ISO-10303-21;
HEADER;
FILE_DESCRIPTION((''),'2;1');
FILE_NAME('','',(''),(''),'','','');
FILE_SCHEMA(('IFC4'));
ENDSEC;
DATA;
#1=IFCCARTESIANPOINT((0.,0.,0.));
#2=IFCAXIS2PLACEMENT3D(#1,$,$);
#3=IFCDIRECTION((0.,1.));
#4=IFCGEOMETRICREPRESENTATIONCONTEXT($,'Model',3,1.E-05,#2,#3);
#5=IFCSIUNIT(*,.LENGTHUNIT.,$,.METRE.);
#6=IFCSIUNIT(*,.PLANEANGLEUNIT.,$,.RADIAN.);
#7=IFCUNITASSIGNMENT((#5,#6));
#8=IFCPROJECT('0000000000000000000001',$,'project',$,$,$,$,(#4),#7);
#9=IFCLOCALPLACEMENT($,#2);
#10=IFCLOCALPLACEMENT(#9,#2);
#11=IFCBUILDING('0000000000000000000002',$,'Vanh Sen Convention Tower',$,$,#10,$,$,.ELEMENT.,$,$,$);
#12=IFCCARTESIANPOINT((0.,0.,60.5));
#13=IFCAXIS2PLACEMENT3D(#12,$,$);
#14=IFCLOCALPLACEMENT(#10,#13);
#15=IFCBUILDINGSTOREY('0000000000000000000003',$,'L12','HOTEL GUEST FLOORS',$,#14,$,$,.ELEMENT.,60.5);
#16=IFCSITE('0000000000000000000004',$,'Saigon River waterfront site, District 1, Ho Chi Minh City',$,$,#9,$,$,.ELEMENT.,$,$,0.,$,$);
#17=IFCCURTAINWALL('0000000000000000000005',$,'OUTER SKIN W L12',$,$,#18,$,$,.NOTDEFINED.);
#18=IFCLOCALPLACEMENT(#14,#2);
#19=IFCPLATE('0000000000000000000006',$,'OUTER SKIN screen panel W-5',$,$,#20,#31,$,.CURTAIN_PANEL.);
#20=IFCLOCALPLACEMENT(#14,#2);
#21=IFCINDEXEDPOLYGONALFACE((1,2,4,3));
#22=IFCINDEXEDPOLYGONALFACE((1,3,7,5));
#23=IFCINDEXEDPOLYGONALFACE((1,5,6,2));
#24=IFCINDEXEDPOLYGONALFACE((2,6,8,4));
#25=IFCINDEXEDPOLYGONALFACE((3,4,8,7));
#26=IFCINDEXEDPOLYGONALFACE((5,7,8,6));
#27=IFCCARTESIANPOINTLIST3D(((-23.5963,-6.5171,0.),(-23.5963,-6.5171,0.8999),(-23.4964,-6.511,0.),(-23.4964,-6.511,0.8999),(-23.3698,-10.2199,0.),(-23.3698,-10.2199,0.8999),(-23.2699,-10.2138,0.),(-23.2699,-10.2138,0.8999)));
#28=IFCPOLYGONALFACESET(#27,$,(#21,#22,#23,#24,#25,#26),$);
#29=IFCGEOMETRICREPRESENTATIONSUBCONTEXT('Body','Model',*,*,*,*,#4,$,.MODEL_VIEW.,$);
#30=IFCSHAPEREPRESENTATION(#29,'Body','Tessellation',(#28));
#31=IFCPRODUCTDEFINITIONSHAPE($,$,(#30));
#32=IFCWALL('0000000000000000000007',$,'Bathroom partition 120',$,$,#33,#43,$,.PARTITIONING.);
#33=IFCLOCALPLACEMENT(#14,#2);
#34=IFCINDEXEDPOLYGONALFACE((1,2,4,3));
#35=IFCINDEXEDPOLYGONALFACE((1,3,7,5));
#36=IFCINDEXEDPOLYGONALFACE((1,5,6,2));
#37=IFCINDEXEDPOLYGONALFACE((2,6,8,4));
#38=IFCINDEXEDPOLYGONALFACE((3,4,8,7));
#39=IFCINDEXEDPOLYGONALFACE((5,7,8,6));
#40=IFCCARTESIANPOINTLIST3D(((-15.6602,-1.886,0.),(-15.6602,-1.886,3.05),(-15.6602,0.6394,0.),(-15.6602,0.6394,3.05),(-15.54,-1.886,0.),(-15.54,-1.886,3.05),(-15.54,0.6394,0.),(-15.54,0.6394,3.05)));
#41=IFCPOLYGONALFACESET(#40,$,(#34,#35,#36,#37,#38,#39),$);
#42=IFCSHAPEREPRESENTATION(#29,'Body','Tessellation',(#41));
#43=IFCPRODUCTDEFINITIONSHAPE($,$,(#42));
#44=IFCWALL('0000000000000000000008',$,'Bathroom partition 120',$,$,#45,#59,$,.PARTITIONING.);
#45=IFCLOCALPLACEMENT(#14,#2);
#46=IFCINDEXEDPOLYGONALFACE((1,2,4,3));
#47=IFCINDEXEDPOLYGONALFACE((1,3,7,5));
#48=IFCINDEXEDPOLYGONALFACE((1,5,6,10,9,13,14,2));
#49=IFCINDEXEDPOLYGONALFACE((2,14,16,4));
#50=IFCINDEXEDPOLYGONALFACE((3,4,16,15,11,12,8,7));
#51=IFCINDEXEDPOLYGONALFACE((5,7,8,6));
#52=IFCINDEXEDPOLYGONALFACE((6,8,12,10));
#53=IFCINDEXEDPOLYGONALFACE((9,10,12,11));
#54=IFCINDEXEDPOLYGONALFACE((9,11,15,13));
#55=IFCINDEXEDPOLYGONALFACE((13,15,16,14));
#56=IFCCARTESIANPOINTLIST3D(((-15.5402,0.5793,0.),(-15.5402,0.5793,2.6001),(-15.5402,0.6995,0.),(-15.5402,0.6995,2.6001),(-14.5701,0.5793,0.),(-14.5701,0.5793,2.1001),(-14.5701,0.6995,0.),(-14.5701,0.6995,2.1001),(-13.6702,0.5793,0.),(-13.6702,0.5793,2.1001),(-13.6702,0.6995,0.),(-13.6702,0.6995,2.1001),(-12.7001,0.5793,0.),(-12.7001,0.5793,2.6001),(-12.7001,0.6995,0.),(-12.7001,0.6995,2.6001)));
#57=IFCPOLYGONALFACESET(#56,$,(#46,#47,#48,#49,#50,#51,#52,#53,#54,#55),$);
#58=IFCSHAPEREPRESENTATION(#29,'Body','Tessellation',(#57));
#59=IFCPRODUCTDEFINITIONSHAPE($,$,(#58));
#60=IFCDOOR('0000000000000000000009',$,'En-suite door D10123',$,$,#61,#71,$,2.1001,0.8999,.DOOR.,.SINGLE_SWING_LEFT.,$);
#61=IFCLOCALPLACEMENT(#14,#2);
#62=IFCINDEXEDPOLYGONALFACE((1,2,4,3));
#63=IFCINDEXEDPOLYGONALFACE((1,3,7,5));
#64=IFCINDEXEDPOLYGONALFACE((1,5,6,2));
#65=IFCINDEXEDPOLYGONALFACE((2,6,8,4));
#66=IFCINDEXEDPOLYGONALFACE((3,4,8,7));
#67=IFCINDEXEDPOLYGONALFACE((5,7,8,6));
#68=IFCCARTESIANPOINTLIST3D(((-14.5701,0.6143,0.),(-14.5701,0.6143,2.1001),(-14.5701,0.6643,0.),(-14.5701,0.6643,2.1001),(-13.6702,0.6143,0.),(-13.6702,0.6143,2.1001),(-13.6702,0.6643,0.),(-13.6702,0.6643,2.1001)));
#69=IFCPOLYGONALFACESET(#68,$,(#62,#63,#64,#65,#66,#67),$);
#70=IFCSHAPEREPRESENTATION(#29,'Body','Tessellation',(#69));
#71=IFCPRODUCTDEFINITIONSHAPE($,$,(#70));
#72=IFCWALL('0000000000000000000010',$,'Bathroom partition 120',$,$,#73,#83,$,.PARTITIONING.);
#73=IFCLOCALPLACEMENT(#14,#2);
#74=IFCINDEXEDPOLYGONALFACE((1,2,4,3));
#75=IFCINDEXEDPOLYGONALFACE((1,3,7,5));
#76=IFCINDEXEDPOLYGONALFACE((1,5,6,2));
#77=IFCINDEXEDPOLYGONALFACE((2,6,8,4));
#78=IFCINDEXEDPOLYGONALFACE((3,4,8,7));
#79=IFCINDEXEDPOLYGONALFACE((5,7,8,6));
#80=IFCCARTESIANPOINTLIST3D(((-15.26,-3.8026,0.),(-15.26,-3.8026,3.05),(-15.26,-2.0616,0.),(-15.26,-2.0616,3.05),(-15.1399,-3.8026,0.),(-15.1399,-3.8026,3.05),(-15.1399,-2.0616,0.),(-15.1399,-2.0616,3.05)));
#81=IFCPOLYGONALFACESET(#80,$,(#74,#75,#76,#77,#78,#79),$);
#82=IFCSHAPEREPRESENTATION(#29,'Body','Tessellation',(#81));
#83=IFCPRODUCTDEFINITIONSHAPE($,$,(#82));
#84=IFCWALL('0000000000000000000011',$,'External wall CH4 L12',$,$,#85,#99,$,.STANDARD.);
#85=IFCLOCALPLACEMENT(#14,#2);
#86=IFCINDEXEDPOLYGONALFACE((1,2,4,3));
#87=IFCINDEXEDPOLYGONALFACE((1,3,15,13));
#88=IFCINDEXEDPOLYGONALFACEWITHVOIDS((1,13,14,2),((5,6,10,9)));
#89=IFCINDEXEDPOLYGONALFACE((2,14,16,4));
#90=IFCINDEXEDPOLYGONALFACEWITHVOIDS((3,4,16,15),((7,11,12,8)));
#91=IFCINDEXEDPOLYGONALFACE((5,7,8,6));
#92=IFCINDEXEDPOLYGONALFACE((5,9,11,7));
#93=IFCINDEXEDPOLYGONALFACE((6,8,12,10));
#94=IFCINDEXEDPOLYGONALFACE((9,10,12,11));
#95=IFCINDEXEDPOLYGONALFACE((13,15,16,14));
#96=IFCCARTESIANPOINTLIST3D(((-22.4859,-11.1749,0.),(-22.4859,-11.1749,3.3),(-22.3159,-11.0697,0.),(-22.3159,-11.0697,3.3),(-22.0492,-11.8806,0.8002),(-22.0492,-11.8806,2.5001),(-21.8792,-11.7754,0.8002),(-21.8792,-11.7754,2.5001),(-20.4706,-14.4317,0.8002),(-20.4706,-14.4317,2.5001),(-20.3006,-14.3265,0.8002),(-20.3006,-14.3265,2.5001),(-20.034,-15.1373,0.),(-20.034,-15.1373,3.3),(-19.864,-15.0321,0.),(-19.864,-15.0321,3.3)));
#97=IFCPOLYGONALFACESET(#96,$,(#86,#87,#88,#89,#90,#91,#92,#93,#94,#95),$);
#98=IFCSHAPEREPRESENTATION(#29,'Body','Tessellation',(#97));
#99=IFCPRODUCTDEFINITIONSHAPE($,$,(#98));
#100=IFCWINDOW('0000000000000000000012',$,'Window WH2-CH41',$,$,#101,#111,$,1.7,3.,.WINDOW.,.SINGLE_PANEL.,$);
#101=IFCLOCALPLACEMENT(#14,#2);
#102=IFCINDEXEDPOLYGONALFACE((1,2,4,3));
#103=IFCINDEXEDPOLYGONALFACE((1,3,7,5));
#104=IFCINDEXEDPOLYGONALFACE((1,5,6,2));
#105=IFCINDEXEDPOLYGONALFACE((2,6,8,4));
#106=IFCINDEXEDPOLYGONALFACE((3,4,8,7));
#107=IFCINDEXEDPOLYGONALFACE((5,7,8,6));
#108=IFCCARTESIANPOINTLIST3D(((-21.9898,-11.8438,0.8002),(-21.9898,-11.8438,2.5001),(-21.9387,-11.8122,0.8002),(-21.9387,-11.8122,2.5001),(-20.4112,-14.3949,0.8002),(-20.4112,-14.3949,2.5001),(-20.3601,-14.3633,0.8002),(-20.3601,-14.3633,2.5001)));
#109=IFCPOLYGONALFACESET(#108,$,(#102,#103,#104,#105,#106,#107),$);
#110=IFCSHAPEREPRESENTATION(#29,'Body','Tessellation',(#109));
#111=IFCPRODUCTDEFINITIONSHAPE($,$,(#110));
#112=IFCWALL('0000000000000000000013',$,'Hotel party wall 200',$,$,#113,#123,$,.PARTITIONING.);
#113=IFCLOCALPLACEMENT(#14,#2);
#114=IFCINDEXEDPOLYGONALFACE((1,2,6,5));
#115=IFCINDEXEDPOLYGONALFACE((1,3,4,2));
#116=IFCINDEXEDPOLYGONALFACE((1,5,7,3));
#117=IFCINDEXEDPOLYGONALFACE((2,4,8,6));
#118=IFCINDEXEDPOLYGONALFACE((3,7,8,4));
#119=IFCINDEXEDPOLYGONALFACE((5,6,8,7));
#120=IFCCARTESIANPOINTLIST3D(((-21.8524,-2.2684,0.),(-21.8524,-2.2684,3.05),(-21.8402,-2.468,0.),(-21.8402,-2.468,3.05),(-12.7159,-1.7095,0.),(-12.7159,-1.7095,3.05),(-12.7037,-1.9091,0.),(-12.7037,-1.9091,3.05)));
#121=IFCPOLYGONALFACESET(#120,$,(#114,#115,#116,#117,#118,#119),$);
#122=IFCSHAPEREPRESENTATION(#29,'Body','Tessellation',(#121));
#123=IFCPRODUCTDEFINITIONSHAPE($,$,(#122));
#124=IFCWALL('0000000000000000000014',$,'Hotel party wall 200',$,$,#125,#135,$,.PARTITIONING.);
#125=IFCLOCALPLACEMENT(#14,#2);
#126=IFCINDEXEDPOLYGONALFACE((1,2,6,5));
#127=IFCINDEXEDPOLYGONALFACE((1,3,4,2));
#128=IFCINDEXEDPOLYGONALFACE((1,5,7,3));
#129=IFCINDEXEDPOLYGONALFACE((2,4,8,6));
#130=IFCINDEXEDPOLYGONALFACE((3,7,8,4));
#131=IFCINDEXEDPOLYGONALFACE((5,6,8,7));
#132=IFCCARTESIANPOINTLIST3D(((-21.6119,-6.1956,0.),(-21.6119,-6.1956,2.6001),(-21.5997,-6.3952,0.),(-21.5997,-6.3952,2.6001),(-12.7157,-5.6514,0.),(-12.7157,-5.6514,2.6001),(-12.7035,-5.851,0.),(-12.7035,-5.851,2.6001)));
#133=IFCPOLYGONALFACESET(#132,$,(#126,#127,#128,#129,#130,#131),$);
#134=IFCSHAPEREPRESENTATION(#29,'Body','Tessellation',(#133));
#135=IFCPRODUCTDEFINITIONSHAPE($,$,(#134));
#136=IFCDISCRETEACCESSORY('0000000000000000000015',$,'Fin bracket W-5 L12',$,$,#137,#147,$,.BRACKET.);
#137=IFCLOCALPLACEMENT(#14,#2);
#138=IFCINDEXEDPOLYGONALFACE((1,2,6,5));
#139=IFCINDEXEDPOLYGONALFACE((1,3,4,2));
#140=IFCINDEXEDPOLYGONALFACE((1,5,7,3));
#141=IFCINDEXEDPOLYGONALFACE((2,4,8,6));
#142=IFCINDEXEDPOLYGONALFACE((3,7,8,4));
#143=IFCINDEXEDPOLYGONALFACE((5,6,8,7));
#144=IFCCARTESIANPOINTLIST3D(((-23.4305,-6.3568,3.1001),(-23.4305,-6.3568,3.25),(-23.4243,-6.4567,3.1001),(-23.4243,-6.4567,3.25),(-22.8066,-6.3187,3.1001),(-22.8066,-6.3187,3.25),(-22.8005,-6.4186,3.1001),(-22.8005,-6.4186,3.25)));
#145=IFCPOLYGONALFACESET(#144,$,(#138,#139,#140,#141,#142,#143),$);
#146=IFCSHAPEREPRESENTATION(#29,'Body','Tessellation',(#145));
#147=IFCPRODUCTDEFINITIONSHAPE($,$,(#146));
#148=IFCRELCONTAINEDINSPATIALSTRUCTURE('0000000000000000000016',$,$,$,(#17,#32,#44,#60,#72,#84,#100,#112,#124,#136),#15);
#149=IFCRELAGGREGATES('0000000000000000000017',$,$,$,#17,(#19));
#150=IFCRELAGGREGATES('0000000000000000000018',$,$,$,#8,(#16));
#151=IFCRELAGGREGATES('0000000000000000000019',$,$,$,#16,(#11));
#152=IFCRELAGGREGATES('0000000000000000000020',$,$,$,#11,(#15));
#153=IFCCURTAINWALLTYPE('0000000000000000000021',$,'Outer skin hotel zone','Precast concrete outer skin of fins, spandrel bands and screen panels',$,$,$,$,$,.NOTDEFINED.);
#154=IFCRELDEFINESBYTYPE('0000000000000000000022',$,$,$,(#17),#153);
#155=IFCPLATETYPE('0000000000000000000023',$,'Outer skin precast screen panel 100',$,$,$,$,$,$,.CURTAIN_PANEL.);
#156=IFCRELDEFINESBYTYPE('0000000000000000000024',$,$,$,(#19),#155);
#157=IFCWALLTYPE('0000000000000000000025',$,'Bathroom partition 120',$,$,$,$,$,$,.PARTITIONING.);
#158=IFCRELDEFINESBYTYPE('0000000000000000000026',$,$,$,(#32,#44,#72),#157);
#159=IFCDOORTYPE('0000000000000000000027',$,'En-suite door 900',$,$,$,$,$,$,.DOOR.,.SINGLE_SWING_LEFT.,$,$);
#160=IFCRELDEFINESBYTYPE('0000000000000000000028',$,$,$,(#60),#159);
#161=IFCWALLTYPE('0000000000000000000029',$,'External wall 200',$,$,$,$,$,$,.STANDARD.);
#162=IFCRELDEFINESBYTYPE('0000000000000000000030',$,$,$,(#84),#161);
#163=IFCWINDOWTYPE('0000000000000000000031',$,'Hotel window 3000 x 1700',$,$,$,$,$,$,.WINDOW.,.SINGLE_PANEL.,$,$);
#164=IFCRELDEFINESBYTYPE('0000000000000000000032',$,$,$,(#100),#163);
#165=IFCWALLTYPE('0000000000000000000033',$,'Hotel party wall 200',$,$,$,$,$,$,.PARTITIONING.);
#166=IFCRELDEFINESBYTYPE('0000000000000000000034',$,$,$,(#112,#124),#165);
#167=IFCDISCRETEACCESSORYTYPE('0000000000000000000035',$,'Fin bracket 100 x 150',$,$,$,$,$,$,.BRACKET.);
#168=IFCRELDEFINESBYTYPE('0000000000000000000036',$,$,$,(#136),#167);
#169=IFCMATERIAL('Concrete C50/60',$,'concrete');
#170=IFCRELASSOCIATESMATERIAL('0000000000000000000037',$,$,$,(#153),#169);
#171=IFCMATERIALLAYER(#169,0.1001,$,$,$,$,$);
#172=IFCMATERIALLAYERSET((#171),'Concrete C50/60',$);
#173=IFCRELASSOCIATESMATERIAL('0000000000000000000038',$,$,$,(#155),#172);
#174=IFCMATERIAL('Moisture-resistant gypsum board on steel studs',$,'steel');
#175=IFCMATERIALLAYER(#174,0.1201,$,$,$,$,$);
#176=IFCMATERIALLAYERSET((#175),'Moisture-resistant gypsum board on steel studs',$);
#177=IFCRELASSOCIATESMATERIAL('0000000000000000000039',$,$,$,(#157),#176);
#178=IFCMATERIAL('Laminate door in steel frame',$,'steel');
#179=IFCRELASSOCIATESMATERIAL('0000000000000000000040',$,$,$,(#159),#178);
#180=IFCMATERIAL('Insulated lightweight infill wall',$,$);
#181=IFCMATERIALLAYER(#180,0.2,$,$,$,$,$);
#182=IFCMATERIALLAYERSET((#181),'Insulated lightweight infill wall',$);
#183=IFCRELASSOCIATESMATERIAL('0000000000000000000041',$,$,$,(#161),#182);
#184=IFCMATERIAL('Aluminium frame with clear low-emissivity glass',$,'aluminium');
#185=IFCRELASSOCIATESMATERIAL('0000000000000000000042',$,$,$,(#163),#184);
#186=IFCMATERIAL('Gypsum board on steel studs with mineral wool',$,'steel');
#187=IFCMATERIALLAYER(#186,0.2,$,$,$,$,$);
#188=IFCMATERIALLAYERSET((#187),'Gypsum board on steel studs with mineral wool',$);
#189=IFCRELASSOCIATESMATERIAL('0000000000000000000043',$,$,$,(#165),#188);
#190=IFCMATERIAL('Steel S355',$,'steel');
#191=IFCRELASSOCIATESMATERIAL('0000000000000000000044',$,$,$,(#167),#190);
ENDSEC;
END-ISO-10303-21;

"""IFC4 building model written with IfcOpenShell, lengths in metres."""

from ifc_helpers import new_model, si_unit, direction, frame, frame_2d, origin, origin_2d, place, context, subcontext, project, spatial, rectangle, extrude, material, layer, layer_set, type_object, element, fill, aggregate, save


model = new_model("IFC4")

# Units and contexts
model_context = context("Model", 3, precision=1e-05, world=origin(), true_north=direction((0.0, 1.0)))
body_context = subcontext(model_context, "Body", "Model", "MODEL_VIEW")
ifc_project = project(units=[si_unit("LENGTHUNIT", "METRE"), si_unit("PLANEANGLEUNIT", "RADIAN")], contexts=[model_context])

# Site, building, storey
site_placement = place(None, origin())
site = spatial("IfcSite", under=ifc_project, at=site_placement, Name="Saigon River waterfront site, District 1, Ho Chi Minh City", CompositionType="ELEMENT", RefElevation=0.0)
building_placement = place(site_placement, origin())
building = spatial("IfcBuilding", under=site, at=building_placement, Name="Vanh Sen Convention Tower", CompositionType="ELEMENT")
storey_placement = place(building_placement, frame((0.0, 0.0, 60.5)))
storey = spatial("IfcBuildingStorey", under=building, at=storey_placement, Name="L12", Description="HOTEL GUEST FLOORS", CompositionType="ELEMENT", Elevation=60.5)

# Curtain wall
ifc_material_1 = material(Name="Concrete C50/60", Category="concrete")
curtain_wall_type = type_object("IfcCurtainWallType", Name="Outer skin hotel zone", Description="Precast concrete outer skin of fins, spandrel bands and screen panels", PredefinedType="NOTDEFINED", material=ifc_material_1)
curtain_wall_1_placement = place(storey_placement, origin())
curtain_wall_1 = element("IfcCurtainWall", 1, at=curtain_wall_1_placement, inside=storey, type_object=curtain_wall_type, Name="OUTER SKIN W L12", PredefinedType="NOTDEFINED")

# Plate
ifc_layer_1 = layer(ifc_material_1, 0.1001)
ifc_layer_set_1 = layer_set([ifc_layer_1], Name="Concrete C50/60")
plate_type = type_object("IfcPlateType", Name="Outer skin precast screen panel 100", PredefinedType="CURTAIN_PANEL", material=ifc_layer_set_1)
plate_1_placement = place(storey_placement, frame((-23.4331, -8.3655, 0.0), z_axis=(0.0, 0.0, 1.0), x_axis=(0.061047, -0.998135, 0.0)))
plate_1 = element("IfcPlate", 2, at=plate_1_placement, type_object=plate_type, Name="OUTER SKIN screen panel W-5", PredefinedType="CURTAIN_PANEL", context=body_context, shape_type="SweptSolid", body=[
    extrude(rectangle(XDim=3.7097, YDim=0.1001, at=origin_2d()), origin(), (0.0, 0.0, 1.0), 0.8999),
])
aggregate(curtain_wall_1, [plate_1])

# Wall
ifc_material_2 = material(Name="Moisture-resistant gypsum board on steel studs", Category="steel")
ifc_layer_2 = layer(ifc_material_2, 0.1201)
ifc_layer_set_2 = layer_set([ifc_layer_2], Name="Moisture-resistant gypsum board on steel studs")
wall_type_1 = type_object("IfcWallType", Name="Bathroom partition 120", PredefinedType="PARTITIONING", material=ifc_layer_set_2)
wall_1_placement = place(storey_placement, frame((-15.6001, -1.886, 0.0), z_axis=(0.0, 0.0, 1.0), x_axis=(0.0, 1.0, 0.0)))
element("IfcWall", 3, at=wall_1_placement, inside=storey, type_object=wall_type_1, Name="Bathroom partition 120", PredefinedType="PARTITIONING", context=body_context, shape_type="SweptSolid", body=[
    extrude(rectangle(XDim=2.5254, YDim=0.1201, at=frame_2d((1.2627, 0.0))), origin(), (0.0, 0.0, 1.0), 3.05),
])

# Wall, opening, door
wall_2_placement = place(storey_placement, frame((-15.54, 0.6394, 0.0), z_axis=(0.0, 0.0, 1.0), x_axis=(1.0, 0.0, 0.0)))
wall_2 = element("IfcWall", 4, at=wall_2_placement, inside=storey, type_object=wall_type_1, Name="Bathroom partition 120", PredefinedType="PARTITIONING", context=body_context, shape_type="SweptSolid", body=[
    extrude(rectangle(XDim=2.8401, YDim=0.1201, at=frame_2d((1.4199, 0.0))), origin(), (0.0, 0.0, 1.0), 2.6001),
])
opening_1_placement = place(wall_2_placement, frame((0.97, 0.0, 0.0)))
opening_1 = element("IfcOpeningElement", 5, at=opening_1_placement, cuts=wall_2, PredefinedType="OPENING", context=body_context, shape_type="SweptSolid", body=[
    extrude(rectangle(XDim=0.8999, YDim=2.1001, at=frame_2d((0.45, 1.05))), frame((0.0, 0.0701, 0.0), z_axis=(0.0, -1.0, 0.0), x_axis=(1.0, 0.0, 0.0)), (0.0, 0.0, 1.0), 0.1401),
])
ifc_material_3 = material(Name="Laminate door in steel frame", Category="steel")
door_type = type_object("IfcDoorType", Name="En-suite door 900", OperationType="SINGLE_SWING_LEFT", PredefinedType="DOOR", material=ifc_material_3)
door_placement = place(opening_1_placement, origin())
door = element("IfcDoor", 6, at=door_placement, inside=storey, type_object=door_type, Name="En-suite door D10123", OperationType="SINGLE_SWING_LEFT", OverallHeight=2.1001, OverallWidth=0.8999, PredefinedType="DOOR", context=body_context, shape_type="SweptSolid", body=[
    extrude(rectangle(XDim=0.8999, YDim=2.1001, at=frame_2d((0.45, 1.05))), frame((0.0, 0.0249, 0.0), z_axis=(0.0, -1.0, 0.0), x_axis=(1.0, 0.0, 0.0)), (0.0, 0.0, 1.0), 0.05),
])
fill(opening_1, door)

# Wall
wall_3_placement = place(storey_placement, frame((-15.2, -3.8027, 0.0), z_axis=(0.0, 0.0, 1.0), x_axis=(0.0, 1.0, 0.0)))
element("IfcWall", 7, at=wall_3_placement, inside=storey, type_object=wall_type_1, Name="Bathroom partition 120", PredefinedType="PARTITIONING", context=body_context, shape_type="SweptSolid", body=[
    extrude(rectangle(XDim=1.741, YDim=0.1201, at=frame_2d((0.8706, 0.0))), origin(), (0.0, 0.0, 1.0), 3.05),
])

# Wall, opening, window
ifc_material_4 = material(Name="Insulated lightweight infill wall")
ifc_layer_3 = layer(ifc_material_4, 0.2)
ifc_layer_set_3 = layer_set([ifc_layer_3], Name="Insulated lightweight infill wall")
wall_type_2 = type_object("IfcWallType", Name="External wall 200", PredefinedType="STANDARD", material=ifc_layer_set_3)
wall_4_placement = place(storey_placement, frame((-22.4009, -11.1223, 0.0), z_axis=(0.0, 0.0, 1.0), x_axis=(0.526198, -0.850362, 0.0)))
wall_4 = element("IfcWall", 8, at=wall_4_placement, inside=storey, type_object=wall_type_2, Name="External wall CH4 L12", PredefinedType="STANDARD", context=body_context, shape_type="SweptSolid", body=[
    extrude(rectangle(XDim=4.6597, YDim=0.2, at=frame_2d((2.3298, 0.0))), origin(), (0.0, 0.0, 1.0), 3.3),
])
opening_2_placement = place(wall_4_placement, frame((0.8298, 0.0, 0.8)))
opening_2 = element("IfcOpeningElement", 9, at=opening_2_placement, cuts=wall_4, PredefinedType="OPENING", context=body_context, shape_type="SweptSolid", body=[
    extrude(rectangle(XDim=3.0, YDim=1.7, at=frame_2d((1.5, 0.8501))), frame((0.0, 0.1099, 0.0), z_axis=(0.0, -1.0, 0.0), x_axis=(1.0, 0.0, 0.0)), (0.0, 0.0, 1.0), 0.22),
])
ifc_material_5 = material(Name="Aluminium frame with clear low-emissivity glass", Category="aluminium")
window_type = type_object("IfcWindowType", Name="Hotel window 3000 x 1700", PartitioningType="SINGLE_PANEL", PredefinedType="WINDOW", material=ifc_material_5)
window_placement = place(opening_2_placement, origin())
window = element("IfcWindow", 10, at=window_placement, inside=storey, type_object=window_type, Name="Window WH2-CH41", OverallHeight=1.7, OverallWidth=3.0, PartitioningType="SINGLE_PANEL", PredefinedType="WINDOW", context=body_context, shape_type="SweptSolid", body=[
    extrude(rectangle(XDim=3.0, YDim=1.7, at=frame_2d((1.5, 0.8501))), frame((0.0, 0.03, 0.0), z_axis=(0.0, -1.0, 0.0), x_axis=(1.0, 0.0, 0.0)), (0.0, 0.0, 1.0), 0.0601),
])
fill(opening_2, window)

# Walls
ifc_material_6 = material(Name="Gypsum board on steel studs with mineral wool", Category="steel")
ifc_layer_4 = layer(ifc_material_6, 0.2)
ifc_layer_set_4 = layer_set([ifc_layer_4], Name="Gypsum board on steel studs with mineral wool")
wall_type_3 = type_object("IfcWallType", Name="Hotel party wall 200", PredefinedType="PARTITIONING", material=ifc_layer_set_4)
wall_5_placement = place(storey_placement, frame((-21.8462, -2.3682, 0.0), z_axis=(0.0, 0.0, 1.0), x_axis=(0.998135, 0.061051, 0.0)))
element("IfcWall", 11, at=wall_5_placement, inside=storey, type_object=wall_type_3, Name="Hotel party wall 200", PredefinedType="PARTITIONING", context=body_context, shape_type="SweptSolid", body=[
    extrude(rectangle(XDim=9.1536, YDim=0.2, at=frame_2d((4.5767, 0.0))), origin(), (0.0, 0.0, 1.0), 3.05),
])
wall_6_placement = place(storey_placement, frame((-21.606, -6.2954, 0.0), z_axis=(0.0, 0.0, 1.0), x_axis=(0.998134, 0.061057, 0.0)))
element("IfcWall", 12, at=wall_6_placement, inside=storey, type_object=wall_type_3, Name="Hotel party wall 200", PredefinedType="PARTITIONING", context=body_context, shape_type="SweptSolid", body=[
    extrude(rectangle(XDim=8.9128, YDim=0.2, at=frame_2d((4.4565, 0.0))), origin(), (0.0, 0.0, 1.0), 2.6001),
])

# Discrete accessory
ifc_material_7 = material(Name="Steel S355", Category="steel")
discrete_accessory_type = type_object("IfcDiscreteAccessoryType", Name="Fin bracket 100 x 150", PredefinedType="BRACKET", material=ifc_material_7)
discrete_accessory_placement = place(storey_placement, frame((-23.1155, -6.3877, 3.1001), z_axis=(0.0, 0.0, 1.0), x_axis=(-0.998135, -0.061049, 0.0)))
element("IfcDiscreteAccessory", 13, at=discrete_accessory_placement, inside=storey, type_object=discrete_accessory_type, Name="Fin bracket W-5 L12", PredefinedType="BRACKET", context=body_context, shape_type="SweptSolid", body=[
    extrude(rectangle(XDim=0.625, YDim=0.1001, at=origin_2d()), origin(), (0.0, 0.0, 1.0), 0.1499),
])

save(model, "model.ifc")
